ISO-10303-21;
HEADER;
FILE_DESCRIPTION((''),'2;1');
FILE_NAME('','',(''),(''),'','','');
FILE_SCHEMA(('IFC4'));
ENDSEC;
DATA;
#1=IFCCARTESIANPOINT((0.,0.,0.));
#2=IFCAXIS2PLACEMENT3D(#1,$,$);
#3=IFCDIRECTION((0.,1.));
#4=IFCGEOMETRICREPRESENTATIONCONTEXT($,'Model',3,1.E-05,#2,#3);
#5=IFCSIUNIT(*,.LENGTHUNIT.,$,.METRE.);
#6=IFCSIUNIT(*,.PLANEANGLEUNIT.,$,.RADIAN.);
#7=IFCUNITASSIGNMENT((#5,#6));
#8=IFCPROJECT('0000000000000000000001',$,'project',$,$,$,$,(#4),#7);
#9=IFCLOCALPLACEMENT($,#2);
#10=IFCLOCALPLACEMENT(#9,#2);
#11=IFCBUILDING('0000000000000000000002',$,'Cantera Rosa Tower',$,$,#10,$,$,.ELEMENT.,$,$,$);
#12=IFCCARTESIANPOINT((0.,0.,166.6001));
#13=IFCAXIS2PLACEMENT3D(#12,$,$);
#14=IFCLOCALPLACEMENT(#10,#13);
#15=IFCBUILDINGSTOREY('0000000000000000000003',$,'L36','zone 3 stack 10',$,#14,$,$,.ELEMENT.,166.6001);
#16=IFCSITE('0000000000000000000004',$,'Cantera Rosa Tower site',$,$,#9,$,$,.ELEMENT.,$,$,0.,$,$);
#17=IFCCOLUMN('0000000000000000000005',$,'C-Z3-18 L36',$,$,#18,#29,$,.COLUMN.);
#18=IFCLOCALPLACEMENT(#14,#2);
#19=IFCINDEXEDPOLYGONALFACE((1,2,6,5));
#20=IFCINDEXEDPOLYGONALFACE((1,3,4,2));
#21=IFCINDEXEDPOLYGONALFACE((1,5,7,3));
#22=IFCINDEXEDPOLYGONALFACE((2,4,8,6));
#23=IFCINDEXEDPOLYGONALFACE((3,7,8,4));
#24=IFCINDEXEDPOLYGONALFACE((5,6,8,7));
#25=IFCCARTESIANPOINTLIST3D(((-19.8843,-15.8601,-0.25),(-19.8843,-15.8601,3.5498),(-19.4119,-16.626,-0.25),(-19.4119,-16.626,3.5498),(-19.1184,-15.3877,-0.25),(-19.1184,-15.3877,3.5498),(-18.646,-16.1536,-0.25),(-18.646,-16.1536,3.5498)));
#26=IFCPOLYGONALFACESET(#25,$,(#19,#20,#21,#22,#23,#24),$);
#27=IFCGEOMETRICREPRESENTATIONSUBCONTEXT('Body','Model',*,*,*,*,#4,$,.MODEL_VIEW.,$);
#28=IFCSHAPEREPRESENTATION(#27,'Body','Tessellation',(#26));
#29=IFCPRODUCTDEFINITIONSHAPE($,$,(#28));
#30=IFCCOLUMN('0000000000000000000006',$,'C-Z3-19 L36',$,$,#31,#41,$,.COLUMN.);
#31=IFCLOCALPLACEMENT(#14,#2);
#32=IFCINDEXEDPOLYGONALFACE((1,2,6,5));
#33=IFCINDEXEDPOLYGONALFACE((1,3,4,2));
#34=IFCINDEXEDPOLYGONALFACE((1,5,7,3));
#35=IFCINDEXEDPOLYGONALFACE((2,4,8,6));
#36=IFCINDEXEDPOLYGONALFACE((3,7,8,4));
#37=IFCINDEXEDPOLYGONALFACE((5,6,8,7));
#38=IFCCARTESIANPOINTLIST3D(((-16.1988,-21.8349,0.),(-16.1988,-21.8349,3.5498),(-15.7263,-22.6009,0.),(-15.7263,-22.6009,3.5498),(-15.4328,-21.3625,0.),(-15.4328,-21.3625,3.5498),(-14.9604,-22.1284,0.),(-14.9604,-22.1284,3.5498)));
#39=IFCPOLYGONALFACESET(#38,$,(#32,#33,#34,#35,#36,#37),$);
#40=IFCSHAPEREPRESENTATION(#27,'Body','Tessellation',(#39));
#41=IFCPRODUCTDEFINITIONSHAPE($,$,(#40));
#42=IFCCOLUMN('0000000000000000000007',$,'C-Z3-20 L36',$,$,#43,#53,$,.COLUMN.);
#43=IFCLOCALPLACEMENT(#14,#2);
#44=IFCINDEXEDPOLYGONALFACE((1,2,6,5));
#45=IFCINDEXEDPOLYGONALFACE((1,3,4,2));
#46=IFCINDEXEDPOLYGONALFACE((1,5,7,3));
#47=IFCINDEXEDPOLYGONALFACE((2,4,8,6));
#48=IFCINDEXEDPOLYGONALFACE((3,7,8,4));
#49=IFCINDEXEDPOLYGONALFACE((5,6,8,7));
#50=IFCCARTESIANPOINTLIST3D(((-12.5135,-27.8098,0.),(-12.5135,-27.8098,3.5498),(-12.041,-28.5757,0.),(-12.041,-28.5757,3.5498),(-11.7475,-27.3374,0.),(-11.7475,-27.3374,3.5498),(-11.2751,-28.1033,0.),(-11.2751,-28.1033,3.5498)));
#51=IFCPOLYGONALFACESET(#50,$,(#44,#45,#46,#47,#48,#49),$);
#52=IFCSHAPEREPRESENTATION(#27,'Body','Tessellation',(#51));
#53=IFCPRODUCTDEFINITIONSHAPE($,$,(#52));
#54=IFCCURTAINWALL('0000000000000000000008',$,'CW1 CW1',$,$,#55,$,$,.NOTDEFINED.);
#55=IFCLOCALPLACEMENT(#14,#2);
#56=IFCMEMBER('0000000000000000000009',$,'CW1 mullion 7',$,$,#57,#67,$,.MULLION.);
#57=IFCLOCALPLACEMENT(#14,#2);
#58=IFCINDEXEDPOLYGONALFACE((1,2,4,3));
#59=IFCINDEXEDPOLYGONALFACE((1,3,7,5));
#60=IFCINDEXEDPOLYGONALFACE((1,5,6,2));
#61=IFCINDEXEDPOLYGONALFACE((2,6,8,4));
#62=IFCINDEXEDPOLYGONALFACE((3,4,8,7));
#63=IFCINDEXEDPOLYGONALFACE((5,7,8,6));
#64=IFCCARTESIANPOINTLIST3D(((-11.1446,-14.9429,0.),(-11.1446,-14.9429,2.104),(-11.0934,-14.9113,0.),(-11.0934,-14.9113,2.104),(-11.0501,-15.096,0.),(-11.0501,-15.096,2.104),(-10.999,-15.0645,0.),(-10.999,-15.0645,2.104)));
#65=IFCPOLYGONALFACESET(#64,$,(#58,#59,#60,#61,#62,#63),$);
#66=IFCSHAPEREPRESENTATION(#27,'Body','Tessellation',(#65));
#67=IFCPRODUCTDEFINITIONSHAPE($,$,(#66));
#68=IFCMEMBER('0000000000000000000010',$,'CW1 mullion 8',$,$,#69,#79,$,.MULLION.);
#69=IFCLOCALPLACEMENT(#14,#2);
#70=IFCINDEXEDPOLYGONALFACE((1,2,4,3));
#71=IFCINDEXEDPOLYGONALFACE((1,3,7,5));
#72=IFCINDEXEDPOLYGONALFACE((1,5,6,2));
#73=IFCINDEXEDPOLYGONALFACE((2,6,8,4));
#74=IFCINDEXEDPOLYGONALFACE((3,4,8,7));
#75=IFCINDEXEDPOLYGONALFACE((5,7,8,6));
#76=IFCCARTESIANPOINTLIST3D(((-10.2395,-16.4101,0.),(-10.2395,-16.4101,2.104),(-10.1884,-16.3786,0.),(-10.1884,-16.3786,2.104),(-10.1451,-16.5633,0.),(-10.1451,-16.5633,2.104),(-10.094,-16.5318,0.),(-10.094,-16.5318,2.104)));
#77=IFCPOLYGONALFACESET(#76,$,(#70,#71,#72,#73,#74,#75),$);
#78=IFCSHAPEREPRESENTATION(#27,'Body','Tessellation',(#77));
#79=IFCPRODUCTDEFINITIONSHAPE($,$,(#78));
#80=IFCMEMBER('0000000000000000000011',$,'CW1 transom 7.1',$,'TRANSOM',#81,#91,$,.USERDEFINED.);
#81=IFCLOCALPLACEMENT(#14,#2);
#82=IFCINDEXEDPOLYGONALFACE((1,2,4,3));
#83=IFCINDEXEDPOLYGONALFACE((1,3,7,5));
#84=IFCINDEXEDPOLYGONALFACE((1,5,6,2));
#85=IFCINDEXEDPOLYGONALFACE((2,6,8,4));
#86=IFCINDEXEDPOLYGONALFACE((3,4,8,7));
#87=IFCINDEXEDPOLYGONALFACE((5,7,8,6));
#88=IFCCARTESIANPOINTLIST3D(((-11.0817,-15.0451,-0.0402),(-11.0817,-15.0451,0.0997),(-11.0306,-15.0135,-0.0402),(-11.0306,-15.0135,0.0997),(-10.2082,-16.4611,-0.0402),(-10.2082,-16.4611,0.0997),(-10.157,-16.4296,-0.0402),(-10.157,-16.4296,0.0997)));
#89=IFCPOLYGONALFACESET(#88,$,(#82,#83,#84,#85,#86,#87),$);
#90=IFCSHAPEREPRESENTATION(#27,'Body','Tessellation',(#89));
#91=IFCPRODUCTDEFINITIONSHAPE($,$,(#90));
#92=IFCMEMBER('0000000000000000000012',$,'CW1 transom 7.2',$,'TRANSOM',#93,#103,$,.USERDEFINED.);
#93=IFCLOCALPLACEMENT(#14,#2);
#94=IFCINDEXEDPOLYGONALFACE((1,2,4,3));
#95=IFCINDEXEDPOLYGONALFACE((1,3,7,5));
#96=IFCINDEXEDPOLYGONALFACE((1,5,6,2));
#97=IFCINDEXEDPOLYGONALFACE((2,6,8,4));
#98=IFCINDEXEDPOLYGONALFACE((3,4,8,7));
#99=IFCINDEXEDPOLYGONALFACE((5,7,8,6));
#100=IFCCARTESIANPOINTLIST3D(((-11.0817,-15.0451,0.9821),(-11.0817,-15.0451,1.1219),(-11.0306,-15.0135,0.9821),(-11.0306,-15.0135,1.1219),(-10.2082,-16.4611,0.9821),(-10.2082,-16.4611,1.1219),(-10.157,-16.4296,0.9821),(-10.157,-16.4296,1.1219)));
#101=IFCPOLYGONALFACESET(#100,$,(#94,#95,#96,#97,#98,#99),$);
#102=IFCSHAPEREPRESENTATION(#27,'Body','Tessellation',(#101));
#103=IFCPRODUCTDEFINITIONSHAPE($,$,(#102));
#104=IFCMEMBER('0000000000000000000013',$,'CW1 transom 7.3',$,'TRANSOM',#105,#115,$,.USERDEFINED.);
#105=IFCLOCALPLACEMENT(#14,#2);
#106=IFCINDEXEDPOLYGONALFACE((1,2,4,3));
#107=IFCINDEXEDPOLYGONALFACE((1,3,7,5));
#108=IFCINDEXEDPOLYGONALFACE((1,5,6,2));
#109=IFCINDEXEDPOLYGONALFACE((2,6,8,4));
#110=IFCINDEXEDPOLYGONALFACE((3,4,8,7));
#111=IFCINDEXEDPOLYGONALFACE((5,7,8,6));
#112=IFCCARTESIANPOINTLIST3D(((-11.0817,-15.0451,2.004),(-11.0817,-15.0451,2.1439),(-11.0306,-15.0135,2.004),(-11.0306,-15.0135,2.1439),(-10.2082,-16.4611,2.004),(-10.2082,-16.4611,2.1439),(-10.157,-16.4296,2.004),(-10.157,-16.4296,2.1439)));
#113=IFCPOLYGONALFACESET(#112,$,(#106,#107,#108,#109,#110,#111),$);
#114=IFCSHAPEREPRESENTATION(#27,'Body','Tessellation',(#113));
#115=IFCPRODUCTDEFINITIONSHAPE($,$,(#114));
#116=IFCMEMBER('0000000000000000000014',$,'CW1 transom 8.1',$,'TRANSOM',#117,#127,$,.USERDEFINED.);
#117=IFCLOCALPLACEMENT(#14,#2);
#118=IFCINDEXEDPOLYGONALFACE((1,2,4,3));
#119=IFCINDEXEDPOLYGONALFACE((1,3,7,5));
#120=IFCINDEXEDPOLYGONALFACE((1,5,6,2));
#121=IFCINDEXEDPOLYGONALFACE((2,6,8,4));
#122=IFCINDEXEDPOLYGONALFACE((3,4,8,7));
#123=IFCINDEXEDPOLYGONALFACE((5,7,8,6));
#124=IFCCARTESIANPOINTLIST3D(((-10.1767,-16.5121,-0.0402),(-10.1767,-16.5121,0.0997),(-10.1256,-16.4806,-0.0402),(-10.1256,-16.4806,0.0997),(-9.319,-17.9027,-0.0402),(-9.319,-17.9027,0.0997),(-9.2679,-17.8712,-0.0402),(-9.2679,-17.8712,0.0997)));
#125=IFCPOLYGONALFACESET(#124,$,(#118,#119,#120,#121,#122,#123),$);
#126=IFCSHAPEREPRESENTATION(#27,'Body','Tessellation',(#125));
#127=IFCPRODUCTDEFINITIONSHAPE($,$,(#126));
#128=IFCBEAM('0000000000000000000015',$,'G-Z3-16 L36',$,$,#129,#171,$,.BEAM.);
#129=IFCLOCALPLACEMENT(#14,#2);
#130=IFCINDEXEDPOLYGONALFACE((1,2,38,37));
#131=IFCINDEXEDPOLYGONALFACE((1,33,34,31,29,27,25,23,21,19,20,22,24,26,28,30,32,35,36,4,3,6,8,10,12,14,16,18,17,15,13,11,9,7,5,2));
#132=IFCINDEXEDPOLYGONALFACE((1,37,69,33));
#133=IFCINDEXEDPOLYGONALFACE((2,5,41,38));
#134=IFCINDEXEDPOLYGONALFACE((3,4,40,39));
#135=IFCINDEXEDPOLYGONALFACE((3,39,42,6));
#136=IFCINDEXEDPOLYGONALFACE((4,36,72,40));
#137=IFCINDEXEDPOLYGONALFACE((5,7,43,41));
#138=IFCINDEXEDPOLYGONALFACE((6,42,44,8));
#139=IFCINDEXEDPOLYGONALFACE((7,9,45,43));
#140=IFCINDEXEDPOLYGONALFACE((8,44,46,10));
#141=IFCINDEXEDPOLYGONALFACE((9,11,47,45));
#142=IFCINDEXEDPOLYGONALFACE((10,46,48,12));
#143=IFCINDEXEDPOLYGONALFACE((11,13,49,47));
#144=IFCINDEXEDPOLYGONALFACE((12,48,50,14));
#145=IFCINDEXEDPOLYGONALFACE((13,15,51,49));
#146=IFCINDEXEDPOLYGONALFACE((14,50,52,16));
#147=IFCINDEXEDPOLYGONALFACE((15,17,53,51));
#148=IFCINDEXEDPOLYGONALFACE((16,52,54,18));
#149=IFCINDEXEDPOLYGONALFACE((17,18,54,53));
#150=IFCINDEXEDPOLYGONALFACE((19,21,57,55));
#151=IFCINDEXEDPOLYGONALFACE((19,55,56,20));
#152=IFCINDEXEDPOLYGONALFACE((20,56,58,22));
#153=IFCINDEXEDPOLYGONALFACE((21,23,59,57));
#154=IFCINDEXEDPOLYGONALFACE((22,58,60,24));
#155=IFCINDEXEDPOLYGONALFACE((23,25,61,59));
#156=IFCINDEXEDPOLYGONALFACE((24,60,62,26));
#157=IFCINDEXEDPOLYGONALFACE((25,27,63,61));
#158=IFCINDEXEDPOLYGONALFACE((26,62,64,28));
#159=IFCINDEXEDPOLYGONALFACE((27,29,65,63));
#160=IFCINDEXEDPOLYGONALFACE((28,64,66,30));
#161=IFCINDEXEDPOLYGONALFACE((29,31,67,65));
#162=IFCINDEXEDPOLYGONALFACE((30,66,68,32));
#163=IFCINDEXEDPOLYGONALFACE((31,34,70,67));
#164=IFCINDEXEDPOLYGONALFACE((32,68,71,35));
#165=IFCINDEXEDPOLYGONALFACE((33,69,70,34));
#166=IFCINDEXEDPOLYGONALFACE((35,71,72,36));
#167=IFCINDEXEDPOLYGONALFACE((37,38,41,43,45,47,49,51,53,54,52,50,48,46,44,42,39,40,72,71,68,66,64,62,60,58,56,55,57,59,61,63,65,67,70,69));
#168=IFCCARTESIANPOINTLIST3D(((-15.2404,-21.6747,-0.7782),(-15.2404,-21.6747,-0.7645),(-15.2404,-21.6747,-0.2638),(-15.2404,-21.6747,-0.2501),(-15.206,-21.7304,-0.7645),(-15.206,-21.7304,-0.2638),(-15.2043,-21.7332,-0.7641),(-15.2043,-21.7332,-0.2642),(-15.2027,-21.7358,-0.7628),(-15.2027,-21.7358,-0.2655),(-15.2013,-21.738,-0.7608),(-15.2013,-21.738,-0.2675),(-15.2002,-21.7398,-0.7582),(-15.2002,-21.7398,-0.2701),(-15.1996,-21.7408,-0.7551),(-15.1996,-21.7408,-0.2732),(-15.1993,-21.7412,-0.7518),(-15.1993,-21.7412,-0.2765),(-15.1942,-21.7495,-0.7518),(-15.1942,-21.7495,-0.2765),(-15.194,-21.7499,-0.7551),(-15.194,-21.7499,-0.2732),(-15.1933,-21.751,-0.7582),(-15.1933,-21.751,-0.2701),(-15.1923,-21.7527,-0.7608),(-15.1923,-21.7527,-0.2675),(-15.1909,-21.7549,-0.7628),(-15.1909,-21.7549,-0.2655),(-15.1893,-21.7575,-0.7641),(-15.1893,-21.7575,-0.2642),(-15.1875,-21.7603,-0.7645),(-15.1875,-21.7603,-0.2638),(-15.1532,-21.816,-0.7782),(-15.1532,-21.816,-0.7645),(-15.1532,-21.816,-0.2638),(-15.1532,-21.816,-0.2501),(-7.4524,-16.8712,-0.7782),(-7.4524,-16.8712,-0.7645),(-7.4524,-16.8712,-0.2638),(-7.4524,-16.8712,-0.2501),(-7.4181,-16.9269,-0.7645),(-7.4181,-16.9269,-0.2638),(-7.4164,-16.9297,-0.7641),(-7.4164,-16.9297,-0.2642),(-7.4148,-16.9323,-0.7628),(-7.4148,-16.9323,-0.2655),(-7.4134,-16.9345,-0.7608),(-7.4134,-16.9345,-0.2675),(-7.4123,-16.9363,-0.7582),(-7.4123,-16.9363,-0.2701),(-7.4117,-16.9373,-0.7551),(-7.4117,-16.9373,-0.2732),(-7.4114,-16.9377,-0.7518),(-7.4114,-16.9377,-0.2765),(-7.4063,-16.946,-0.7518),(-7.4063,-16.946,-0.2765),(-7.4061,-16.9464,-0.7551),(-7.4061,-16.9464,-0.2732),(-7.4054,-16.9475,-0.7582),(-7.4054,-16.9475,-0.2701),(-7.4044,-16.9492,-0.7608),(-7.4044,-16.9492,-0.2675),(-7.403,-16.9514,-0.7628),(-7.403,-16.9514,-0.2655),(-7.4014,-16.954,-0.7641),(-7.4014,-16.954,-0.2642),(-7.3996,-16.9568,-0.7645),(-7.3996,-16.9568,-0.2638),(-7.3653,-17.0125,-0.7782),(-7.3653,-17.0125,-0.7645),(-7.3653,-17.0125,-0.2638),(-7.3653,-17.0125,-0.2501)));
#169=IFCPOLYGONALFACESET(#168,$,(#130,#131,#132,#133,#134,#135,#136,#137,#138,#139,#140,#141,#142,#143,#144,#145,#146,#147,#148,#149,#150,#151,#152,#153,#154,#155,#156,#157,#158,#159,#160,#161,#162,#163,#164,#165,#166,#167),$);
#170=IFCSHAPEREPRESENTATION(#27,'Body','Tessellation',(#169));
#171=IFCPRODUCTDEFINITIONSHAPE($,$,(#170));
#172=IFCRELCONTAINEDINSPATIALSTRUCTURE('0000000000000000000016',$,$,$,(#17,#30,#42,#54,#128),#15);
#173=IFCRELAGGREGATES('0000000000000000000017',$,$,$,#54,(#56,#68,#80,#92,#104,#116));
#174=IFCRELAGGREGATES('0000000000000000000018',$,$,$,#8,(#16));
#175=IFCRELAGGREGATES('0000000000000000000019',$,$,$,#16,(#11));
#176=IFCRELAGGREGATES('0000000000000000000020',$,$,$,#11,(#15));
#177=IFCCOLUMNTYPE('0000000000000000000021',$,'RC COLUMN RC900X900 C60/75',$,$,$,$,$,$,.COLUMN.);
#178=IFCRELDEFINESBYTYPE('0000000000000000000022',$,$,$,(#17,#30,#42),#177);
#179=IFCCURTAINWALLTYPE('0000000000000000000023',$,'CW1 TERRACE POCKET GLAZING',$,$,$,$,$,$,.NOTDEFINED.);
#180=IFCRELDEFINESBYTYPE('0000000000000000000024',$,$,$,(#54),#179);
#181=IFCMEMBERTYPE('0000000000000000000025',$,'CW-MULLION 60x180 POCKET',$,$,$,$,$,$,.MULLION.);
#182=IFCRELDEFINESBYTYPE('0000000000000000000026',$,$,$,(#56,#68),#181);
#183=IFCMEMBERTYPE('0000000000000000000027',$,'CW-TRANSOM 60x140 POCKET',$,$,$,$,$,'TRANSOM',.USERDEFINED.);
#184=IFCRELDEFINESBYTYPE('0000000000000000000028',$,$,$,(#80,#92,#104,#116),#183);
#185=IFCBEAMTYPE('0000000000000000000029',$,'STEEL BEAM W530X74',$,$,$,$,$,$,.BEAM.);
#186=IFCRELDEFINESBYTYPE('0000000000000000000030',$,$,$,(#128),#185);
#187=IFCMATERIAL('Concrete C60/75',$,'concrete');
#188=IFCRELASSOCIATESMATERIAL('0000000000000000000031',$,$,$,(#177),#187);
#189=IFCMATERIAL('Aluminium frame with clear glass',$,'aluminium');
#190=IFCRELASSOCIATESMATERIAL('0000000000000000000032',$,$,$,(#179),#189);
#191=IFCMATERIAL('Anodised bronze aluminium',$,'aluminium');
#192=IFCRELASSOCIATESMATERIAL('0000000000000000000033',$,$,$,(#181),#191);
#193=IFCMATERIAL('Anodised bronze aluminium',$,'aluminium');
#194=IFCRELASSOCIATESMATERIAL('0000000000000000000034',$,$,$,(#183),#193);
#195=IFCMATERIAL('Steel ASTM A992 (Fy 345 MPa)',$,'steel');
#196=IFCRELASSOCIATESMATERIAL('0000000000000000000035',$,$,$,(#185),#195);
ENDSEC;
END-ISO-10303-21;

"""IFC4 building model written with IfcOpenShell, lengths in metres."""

from ifc_helpers import new_model, si_unit, direction, frame, origin, origin_2d, place, context, subcontext, project, spatial, rectangle, i_section, extrude, material, material_profile, profile_set, type_object, element, aggregate, save


model = new_model("IFC4")

# Units and contexts
model_context = context("Model", 3, precision=1e-05, world=origin(), true_north=direction((0.0, 1.0)))
body_context = subcontext(model_context, "Body", "Model", "MODEL_VIEW")
ifc_project = project(units=[si_unit("LENGTHUNIT", "METRE"), si_unit("PLANEANGLEUNIT", "RADIAN")], contexts=[model_context])

# Site, building, storey
site_placement = place(None, origin())
site = spatial("IfcSite", under=ifc_project, at=site_placement, Name="Cantera Rosa Tower site", CompositionType="ELEMENT", RefElevation=0.0)
building_placement = place(site_placement, origin())
building = spatial("IfcBuilding", under=site, at=building_placement, Name="Cantera Rosa Tower", CompositionType="ELEMENT")
storey_placement = place(building_placement, frame((0.0, 0.0, 166.6001)))
storey = spatial("IfcBuildingStorey", under=building, at=storey_placement, Name="L36", Description="zone 3 stack 10", CompositionType="ELEMENT", Elevation=166.6001)

# Columns
ifc_material_1 = material(Name="Concrete C60/75", Category="concrete")
ifc_material_profile_1 = material_profile(ifc_material_1, rectangle(XDim=0.8999, YDim=0.8999, at=origin_2d()), Name="RC COLUMN RC900X900 C60/75")
ifc_profile_set_1 = profile_set([ifc_material_profile_1], Name="Concrete C60/75")
column_type = type_object("IfcColumnType", Name="RC COLUMN RC900X900 C60/75", PredefinedType="COLUMN", material=ifc_profile_set_1)
column_placement = place(storey_placement, frame((-19.2651, -16.0068, -0.25), z_axis=(0.0, 0.0, 1.0), x_axis=(0.851117, 0.524977, 0.0)))
element("IfcColumn", 1, at=column_placement, inside=storey, type_object=column_type, Name="C-Z3-18 L36", PredefinedType="COLUMN", context=body_context, shape_type="SweptSolid", body=[
    extrude(rectangle(XDim=0.8999, YDim=0.8999, at=origin_2d()), origin(), (0.0, 0.0, 1.0), 3.7998),
])
for number, where, z_axis, x_axis, name in (
    (2, (-15.5796, -21.9817, 0.0), (0.0, 0.0, 1.0), (0.851117, 0.524977, 0.0), "C-Z3-19 L36"),
    (3, (-11.8943, -27.9565, 0.0), (0.0, 0.0, 1.0), (0.851117, 0.524977, 0.0), "C-Z3-20 L36"),
):
    element("IfcColumn", number, at=place(storey_placement, frame(where, z_axis=z_axis, x_axis=x_axis)), inside=storey, type_object=column_type, Name=name, PredefinedType="COLUMN", context=body_context, shape_type="SweptSolid", body=[
        extrude(rectangle(XDim=0.8999, YDim=0.8999, at=origin_2d()), origin(), (0.0, 0.0, 1.0), 3.5498),
    ])

# Curtain wall, members
ifc_material_2 = material(Name="Aluminium frame with clear glass", Category="aluminium")
curtain_wall_type = type_object("IfcCurtainWallType", Name="CW1 TERRACE POCKET GLAZING", PredefinedType="NOTDEFINED", material=ifc_material_2)
curtain_wall_placement = place(storey_placement, origin())
curtain_wall = element("IfcCurtainWall", 4, at=curtain_wall_placement, inside=storey, type_object=curtain_wall_type, Name="CW1 CW1", PredefinedType="NOTDEFINED")
ifc_material_3 = material(Name="Anodised bronze aluminium", Category="aluminium")
ifc_material_profile_2 = material_profile(ifc_material_3, rectangle(XDim=0.0601, YDim=0.1799, at=origin_2d()), Name="CW-MULLION 60x180 POCKET")
ifc_profile_set_2 = profile_set([ifc_material_profile_2], Name="Anodised bronze aluminium")
member_type_1 = type_object("IfcMemberType", Name="CW-MULLION 60x180 POCKET", PredefinedType="MULLION", material=ifc_profile_set_2)
member_1_placement = place(storey_placement, frame((-11.0718, -15.0037, 0.0), z_axis=(0.0, 0.0, 1.0), x_axis=(0.851117, 0.524977, 0.0)))
member_1 = element("IfcMember", 5, at=member_1_placement, type_object=member_type_1, Name="CW1 mullion 7", PredefinedType="MULLION", context=body_context, shape_type="SweptSolid", body=[
    extrude(rectangle(XDim=0.0601, YDim=0.1799, at=origin_2d()), origin(), (0.0, 0.0, 1.0), 2.104),
])
member_2_placement = place(storey_placement, frame((-10.1667, -16.4709, 0.0), z_axis=(0.0, 0.0, 1.0), x_axis=(0.851117, 0.524977, 0.0)))
member_2 = element("IfcMember", 6, at=member_2_placement, type_object=member_type_1, Name="CW1 mullion 8", PredefinedType="MULLION", context=body_context, shape_type="SweptSolid", body=[
    extrude(rectangle(XDim=0.0601, YDim=0.1799, at=origin_2d()), origin(), (0.0, 0.0, 1.0), 2.104),
])
ifc_material_4 = material(Name="Anodised bronze aluminium", Category="aluminium")
ifc_material_profile_3 = material_profile(ifc_material_4, rectangle(XDim=0.0601, YDim=0.1399, at=origin_2d()), Name="CW-TRANSOM 60x140 POCKET")
ifc_profile_set_3 = profile_set([ifc_material_profile_3], Name="Anodised bronze aluminium")
member_type_2 = type_object("IfcMemberType", Name="CW-TRANSOM 60x140 POCKET", ElementType="TRANSOM", PredefinedType="USERDEFINED", material=ifc_profile_set_3)
member_3_placement = place(storey_placement, frame((-11.0562, -15.0293, 0.0298), z_axis=(0.52503, -0.851083, 0.0), x_axis=(0.851083, 0.52503, 0.0)))
member_3 = element("IfcMember", 7, at=member_3_placement, type_object=member_type_2, Name="CW1 transom 7.1", ObjectType="TRANSOM", PredefinedType="USERDEFINED", context=body_context, shape_type="SweptSolid", body=[
    extrude(rectangle(XDim=0.0601, YDim=0.1399, at=origin_2d()), origin(), (0.0, 0.0, 1.0), 1.6638),
])
member_4_placement = place(storey_placement, frame((-11.0562, -15.0293, 1.052), z_axis=(0.52503, -0.851083, 0.0), x_axis=(0.851083, 0.52503, 0.0)))
member_4 = element("IfcMember", 8, at=member_4_placement, type_object=member_type_2, Name="CW1 transom 7.2", ObjectType="TRANSOM", PredefinedType="USERDEFINED", context=body_context, shape_type="SweptSolid", body=[
    extrude(rectangle(XDim=0.0601, YDim=0.1399, at=origin_2d()), origin(), (0.0, 0.0, 1.0), 1.6638),
])
member_5_placement = place(storey_placement, frame((-11.0562, -15.0293, 2.074), z_axis=(0.52503, -0.851083, 0.0), x_axis=(0.851083, 0.52503, 0.0)))
member_5 = element("IfcMember", 9, at=member_5_placement, type_object=member_type_2, Name="CW1 transom 7.3", ObjectType="TRANSOM", PredefinedType="USERDEFINED", context=body_context, shape_type="SweptSolid", body=[
    extrude(rectangle(XDim=0.0601, YDim=0.1399, at=origin_2d()), origin(), (0.0, 0.0, 1.0), 1.6638),
])
member_6_placement = place(storey_placement, frame((-10.1511, -16.4963, 0.0298), z_axis=(0.524939, -0.85114, 0.0), x_axis=(0.85114, 0.524939, 0.0)))
member_6 = element("IfcMember", 10, at=member_6_placement, type_object=member_type_2, Name="CW1 transom 8.1", ObjectType="TRANSOM", PredefinedType="USERDEFINED", context=body_context, shape_type="SweptSolid", body=[
    extrude(rectangle(XDim=0.0601, YDim=0.1399, at=origin_2d()), origin(), (0.0, 0.0, 1.0), 1.6338),
])

# Beam
ifc_material_5 = material(Name="Steel ASTM A992 (Fy 345 MPa)", Category="steel")
ifc_material_profile_4 = material_profile(ifc_material_5, i_section(OverallWidth=0.166, OverallDepth=0.5281, WebThickness=0.0098, FlangeThickness=0.0137, FilletRadius=0.0127, at=origin_2d()), Name="W530X74")
ifc_profile_set_4 = profile_set([ifc_material_profile_4], Name="Steel ASTM A992 (Fy 345 MPa)")
beam_type_1 = type_object("IfcBeamType", Name="STEEL BEAM W530X74", PredefinedType="BEAM", material=ifc_profile_set_4)
beam_1_placement = place(storey_placement, frame((-15.1968, -21.7454, -0.5142), z_axis=(0.851124, 0.524965, 0.0), x_axis=(-0.524965, 0.851124, 0.0)))
element("IfcBeam", 11, at=beam_1_placement, inside=storey, type_object=beam_type_1, Name="G-Z3-16 L36", PredefinedType="BEAM", context=body_context, shape_type="SweptSolid", body=[
    extrude(i_section(OverallWidth=0.166, OverallDepth=0.5281, WebThickness=0.0098, FlangeThickness=0.0137, FilletRadius=0.0127, at=origin_2d()), origin(), (0.0, 0.0, 1.0), 9.1501),
])

aggregate(curtain_wall, [member_1, member_2, member_3, member_4, member_5, member_6])

save(model, "model.ifc")
